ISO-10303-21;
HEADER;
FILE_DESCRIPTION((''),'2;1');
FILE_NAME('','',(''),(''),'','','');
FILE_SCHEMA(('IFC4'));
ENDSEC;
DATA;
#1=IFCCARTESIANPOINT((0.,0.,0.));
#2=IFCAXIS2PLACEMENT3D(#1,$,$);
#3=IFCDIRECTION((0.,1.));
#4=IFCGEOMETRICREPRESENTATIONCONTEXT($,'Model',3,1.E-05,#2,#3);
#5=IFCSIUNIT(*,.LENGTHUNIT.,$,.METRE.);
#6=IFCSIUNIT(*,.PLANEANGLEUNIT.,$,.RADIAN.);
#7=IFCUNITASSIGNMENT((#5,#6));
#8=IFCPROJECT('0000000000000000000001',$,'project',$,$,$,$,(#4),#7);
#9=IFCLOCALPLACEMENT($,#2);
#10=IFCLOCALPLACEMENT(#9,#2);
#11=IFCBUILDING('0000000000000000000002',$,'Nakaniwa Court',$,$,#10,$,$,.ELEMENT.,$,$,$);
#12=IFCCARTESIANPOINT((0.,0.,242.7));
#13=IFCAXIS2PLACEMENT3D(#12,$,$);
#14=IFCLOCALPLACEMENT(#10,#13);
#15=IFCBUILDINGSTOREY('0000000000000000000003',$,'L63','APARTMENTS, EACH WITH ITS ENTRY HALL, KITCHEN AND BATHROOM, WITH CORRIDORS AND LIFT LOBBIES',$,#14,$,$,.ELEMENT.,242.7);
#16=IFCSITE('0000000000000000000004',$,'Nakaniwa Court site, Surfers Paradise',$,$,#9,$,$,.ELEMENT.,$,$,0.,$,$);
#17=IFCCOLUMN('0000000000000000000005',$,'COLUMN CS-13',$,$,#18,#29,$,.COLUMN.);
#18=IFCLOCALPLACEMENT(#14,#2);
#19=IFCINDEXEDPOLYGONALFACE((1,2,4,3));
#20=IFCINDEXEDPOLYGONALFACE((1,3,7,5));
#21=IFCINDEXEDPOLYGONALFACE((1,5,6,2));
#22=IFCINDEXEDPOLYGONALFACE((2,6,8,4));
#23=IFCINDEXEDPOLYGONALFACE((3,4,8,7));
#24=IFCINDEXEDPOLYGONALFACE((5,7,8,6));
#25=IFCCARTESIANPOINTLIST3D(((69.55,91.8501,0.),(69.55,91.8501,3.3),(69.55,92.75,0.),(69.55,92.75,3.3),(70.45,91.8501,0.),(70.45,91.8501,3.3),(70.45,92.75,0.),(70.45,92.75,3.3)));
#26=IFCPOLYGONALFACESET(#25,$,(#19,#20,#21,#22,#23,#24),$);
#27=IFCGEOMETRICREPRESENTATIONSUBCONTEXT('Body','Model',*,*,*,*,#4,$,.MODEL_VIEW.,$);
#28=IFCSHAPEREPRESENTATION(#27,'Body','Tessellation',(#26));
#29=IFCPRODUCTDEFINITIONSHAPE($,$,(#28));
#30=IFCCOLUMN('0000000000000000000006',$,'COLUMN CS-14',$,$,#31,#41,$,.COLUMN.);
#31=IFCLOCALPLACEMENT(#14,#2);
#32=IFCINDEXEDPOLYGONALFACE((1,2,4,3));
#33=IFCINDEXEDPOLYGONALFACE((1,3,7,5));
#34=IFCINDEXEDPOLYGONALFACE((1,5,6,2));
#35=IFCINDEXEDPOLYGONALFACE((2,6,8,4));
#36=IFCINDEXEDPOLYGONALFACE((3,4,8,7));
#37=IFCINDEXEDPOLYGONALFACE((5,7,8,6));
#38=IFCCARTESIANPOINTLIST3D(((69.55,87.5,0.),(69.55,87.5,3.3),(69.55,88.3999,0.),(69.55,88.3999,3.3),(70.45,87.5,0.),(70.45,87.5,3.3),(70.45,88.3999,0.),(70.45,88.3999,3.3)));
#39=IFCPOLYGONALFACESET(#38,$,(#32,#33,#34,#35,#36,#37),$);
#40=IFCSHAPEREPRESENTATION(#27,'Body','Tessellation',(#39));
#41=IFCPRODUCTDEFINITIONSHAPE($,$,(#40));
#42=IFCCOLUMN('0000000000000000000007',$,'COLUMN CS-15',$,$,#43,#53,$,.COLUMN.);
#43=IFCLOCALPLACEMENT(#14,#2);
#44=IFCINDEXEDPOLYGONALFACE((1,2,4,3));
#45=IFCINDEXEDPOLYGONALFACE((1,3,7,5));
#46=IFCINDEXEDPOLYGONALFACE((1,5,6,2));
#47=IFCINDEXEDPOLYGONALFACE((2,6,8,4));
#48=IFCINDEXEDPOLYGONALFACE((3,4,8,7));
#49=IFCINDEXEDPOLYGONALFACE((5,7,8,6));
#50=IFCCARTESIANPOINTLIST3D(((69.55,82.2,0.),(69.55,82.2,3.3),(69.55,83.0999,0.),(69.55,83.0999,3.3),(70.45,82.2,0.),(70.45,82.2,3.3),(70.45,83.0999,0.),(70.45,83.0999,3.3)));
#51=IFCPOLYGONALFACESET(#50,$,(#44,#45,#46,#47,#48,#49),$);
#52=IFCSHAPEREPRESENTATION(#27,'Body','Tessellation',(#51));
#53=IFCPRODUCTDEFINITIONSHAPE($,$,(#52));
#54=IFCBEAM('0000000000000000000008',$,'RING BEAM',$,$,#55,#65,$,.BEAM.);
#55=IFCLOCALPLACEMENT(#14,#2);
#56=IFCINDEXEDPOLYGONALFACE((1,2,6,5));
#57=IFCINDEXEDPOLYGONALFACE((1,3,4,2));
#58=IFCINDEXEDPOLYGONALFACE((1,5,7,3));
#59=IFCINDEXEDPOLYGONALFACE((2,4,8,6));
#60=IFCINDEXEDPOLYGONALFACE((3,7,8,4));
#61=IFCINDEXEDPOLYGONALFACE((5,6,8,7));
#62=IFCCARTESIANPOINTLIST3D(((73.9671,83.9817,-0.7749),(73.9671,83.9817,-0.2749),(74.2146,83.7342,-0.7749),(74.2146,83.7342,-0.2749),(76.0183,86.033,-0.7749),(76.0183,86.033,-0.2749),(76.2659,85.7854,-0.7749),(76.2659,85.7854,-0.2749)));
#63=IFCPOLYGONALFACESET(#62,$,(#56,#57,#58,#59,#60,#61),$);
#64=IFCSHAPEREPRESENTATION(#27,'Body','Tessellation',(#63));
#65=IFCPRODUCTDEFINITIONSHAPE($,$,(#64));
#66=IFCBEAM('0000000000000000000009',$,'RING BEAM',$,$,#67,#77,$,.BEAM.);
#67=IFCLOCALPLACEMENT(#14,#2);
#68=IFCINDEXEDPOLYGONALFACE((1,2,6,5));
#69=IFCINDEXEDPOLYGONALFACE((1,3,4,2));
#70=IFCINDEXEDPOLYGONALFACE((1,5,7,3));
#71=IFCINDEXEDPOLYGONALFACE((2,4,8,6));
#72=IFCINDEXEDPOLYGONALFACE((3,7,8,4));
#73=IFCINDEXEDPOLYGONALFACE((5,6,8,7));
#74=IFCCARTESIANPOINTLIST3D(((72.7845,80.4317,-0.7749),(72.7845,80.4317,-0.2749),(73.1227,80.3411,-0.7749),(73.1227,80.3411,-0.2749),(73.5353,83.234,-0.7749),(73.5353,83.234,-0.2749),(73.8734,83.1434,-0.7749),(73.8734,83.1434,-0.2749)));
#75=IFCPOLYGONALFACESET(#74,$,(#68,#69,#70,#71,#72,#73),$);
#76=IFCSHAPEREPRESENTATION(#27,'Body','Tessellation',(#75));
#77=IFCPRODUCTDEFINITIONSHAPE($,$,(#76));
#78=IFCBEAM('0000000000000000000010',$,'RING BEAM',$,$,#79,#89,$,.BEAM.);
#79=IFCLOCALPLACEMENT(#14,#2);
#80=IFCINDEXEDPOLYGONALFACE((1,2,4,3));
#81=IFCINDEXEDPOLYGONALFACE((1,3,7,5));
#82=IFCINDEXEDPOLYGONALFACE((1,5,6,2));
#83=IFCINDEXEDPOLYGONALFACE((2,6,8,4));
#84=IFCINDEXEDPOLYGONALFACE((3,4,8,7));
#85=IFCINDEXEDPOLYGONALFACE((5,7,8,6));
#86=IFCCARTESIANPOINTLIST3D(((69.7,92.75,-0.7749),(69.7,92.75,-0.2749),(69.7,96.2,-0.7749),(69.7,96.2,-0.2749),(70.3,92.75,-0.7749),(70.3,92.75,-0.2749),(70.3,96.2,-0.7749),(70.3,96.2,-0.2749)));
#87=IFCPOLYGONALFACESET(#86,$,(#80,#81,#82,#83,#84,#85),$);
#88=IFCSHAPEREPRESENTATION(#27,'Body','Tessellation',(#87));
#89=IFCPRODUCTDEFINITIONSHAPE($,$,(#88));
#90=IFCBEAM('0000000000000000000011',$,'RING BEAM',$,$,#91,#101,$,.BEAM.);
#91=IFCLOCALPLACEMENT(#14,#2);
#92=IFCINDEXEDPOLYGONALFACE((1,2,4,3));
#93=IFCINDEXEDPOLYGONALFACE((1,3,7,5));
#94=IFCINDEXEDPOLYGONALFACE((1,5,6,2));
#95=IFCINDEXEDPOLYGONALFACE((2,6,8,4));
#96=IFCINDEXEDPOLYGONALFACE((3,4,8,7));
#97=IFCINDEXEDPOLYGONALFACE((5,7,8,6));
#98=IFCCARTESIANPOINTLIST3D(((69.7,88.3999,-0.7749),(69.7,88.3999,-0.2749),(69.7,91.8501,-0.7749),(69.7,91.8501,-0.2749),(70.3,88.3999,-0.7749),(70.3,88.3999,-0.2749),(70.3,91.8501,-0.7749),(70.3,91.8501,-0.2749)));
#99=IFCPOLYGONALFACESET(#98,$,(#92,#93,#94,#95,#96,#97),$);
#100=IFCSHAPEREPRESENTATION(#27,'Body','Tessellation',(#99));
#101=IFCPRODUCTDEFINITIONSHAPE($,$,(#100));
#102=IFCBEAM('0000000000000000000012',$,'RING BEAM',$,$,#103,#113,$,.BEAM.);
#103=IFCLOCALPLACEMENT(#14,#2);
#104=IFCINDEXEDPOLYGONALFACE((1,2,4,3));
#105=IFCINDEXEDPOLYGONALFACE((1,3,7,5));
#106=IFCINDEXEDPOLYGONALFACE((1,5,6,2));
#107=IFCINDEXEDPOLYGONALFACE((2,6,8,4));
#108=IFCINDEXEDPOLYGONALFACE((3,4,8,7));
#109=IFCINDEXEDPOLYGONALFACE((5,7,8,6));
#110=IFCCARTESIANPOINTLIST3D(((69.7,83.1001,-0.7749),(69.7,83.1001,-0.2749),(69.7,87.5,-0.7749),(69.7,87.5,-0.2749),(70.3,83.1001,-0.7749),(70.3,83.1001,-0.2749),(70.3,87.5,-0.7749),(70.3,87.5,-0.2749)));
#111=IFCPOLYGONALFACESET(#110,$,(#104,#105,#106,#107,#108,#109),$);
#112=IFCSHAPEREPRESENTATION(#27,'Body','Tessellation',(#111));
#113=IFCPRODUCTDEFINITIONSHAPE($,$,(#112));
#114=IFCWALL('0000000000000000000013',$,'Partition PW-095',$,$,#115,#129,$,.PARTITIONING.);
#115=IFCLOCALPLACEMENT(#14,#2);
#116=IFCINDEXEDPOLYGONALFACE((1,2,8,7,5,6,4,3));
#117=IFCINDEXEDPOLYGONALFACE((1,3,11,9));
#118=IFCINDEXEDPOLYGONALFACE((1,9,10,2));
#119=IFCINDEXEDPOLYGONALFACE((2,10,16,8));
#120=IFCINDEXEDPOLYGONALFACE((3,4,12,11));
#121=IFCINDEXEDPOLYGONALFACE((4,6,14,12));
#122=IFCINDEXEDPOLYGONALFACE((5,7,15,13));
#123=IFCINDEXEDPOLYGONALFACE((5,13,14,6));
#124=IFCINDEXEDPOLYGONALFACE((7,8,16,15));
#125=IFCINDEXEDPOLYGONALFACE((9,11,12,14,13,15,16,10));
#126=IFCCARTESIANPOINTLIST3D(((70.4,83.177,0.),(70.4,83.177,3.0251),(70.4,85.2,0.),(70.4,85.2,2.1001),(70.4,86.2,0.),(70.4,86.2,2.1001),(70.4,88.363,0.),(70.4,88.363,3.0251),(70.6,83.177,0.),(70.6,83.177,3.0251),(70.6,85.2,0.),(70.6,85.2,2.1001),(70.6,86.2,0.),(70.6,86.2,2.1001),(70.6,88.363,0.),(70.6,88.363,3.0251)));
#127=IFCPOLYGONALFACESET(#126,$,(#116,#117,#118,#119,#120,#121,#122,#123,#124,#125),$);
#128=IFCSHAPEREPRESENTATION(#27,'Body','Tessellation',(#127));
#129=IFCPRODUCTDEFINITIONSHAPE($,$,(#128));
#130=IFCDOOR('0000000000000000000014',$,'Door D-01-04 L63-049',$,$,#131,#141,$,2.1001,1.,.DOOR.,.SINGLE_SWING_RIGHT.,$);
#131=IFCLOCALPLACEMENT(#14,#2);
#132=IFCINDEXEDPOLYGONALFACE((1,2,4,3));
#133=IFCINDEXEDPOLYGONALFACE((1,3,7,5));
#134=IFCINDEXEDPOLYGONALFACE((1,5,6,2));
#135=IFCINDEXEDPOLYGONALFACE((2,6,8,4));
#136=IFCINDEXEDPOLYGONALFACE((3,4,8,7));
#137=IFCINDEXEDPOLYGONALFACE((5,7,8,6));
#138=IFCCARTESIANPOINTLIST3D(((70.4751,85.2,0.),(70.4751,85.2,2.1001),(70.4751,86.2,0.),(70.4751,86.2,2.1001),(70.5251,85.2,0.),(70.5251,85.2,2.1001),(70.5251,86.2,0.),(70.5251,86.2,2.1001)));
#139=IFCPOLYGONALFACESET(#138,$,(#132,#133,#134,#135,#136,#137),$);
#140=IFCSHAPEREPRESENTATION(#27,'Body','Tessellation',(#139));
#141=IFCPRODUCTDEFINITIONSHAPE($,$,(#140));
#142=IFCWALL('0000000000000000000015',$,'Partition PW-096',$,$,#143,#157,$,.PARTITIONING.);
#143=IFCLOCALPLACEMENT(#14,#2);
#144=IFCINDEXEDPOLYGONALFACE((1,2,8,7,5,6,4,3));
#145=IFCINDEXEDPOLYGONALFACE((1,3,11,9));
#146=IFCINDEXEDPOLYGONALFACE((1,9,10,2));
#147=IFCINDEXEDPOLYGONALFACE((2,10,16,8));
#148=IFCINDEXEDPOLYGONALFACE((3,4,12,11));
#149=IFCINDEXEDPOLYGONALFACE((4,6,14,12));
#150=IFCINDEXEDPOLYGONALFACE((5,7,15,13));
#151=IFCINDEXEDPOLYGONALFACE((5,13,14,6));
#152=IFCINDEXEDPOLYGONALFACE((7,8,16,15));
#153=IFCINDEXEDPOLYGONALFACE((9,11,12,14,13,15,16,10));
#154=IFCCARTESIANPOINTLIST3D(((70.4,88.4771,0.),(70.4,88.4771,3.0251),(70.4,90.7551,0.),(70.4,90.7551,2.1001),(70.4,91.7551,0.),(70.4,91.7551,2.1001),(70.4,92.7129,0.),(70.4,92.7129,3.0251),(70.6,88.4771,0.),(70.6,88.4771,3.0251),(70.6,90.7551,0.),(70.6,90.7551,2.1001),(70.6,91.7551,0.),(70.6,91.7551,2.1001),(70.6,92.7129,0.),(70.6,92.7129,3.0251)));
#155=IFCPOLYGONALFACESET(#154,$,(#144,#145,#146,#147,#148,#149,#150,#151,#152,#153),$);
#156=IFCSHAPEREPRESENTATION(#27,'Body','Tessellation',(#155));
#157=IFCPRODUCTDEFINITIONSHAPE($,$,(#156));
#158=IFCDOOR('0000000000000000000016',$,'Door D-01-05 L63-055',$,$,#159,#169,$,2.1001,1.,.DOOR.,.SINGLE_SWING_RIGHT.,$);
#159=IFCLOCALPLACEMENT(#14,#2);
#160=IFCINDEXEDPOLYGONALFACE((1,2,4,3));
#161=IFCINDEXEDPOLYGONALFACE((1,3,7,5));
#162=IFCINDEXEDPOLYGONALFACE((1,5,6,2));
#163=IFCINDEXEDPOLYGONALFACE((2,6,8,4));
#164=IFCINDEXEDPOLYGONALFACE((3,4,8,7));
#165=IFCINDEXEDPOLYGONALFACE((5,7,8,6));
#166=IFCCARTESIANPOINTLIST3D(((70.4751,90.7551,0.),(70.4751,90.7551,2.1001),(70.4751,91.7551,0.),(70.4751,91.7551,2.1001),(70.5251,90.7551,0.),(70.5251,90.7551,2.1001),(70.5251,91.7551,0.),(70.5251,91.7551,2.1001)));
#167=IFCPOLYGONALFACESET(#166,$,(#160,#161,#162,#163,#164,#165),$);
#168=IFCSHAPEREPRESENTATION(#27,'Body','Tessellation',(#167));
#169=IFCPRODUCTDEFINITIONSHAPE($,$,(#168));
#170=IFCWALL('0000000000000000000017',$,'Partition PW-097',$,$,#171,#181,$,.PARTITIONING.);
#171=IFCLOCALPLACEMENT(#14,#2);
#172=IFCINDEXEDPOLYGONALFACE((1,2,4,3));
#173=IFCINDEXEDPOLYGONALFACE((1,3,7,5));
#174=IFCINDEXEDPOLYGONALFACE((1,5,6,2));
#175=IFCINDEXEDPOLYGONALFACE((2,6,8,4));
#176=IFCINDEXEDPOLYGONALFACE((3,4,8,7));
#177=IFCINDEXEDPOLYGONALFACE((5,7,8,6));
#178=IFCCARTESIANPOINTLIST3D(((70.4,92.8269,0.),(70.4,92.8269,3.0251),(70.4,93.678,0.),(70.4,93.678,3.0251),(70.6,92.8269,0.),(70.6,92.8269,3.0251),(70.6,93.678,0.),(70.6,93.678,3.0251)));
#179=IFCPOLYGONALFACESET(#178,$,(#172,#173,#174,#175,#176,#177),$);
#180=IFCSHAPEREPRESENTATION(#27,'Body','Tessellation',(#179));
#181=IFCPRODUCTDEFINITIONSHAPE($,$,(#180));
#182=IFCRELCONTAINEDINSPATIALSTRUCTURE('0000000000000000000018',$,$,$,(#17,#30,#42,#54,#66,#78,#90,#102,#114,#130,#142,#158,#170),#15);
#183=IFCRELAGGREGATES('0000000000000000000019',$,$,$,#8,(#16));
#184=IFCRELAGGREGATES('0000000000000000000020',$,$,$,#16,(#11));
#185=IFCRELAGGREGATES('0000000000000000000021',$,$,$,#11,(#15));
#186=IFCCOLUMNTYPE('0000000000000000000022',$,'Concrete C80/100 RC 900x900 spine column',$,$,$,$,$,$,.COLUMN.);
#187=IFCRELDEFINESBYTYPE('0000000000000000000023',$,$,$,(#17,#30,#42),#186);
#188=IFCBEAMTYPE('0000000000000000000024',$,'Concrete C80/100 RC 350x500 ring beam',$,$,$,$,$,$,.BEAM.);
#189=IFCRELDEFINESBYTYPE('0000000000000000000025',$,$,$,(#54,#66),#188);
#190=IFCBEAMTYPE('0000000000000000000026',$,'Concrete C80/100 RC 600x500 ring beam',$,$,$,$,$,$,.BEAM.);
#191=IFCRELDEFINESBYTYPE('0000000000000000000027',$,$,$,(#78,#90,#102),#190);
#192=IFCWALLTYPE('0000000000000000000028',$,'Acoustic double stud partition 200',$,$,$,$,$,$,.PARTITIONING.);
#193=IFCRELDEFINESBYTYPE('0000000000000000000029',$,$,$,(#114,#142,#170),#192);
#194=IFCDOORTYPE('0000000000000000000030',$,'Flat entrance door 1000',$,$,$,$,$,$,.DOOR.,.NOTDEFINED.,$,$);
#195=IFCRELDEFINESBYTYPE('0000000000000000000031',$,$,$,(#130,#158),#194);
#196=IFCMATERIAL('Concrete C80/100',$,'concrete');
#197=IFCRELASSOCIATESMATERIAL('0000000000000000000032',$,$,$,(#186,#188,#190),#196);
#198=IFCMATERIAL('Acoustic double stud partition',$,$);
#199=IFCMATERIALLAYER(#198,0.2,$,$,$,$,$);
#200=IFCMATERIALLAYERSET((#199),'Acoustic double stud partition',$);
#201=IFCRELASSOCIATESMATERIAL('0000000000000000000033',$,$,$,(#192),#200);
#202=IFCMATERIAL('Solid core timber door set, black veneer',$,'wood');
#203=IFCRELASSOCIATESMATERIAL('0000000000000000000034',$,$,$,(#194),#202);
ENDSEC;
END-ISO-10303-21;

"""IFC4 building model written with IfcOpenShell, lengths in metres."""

from ifc_helpers import new_model, si_unit, direction, frame, frame_2d, origin, origin_2d, place, context, subcontext, project, spatial, rectangle, extrude, material, layer, layer_set, material_profile, profile_set, type_object, element, fill, save


model = new_model("IFC4")

# Units and contexts
model_context = context("Model", 3, precision=1e-05, world=origin(), true_north=direction((0.0, 1.0)))
body_context = subcontext(model_context, "Body", "Model", "MODEL_VIEW")
ifc_project = project(units=[si_unit("LENGTHUNIT", "METRE"), si_unit("PLANEANGLEUNIT", "RADIAN")], contexts=[model_context])

# Site, building, storey
site_placement = place(None, origin())
site = spatial("IfcSite", under=ifc_project, at=site_placement, Name="Nakaniwa Court site, Surfers Paradise", CompositionType="ELEMENT", RefElevation=0.0)
building_placement = place(site_placement, origin())
building = spatial("IfcBuilding", under=site, at=building_placement, Name="Nakaniwa Court", CompositionType="ELEMENT")
storey_placement = place(building_placement, frame((0.0, 0.0, 242.7)))
storey = spatial("IfcBuildingStorey", under=building, at=storey_placement, Name="L63", Description="APARTMENTS, EACH WITH ITS ENTRY HALL, KITCHEN AND BATHROOM, WITH CORRIDORS AND LIFT LOBBIES", CompositionType="ELEMENT", Elevation=242.7)

# Columns
ifc_material_1 = material(Name="Concrete C80/100", Category="concrete")
ifc_material_profile_1 = material_profile(ifc_material_1, rectangle(XDim=0.8999, YDim=0.8999, at=origin_2d()), Name="Concrete C80/100 RC 900x900 spine column")
ifc_profile_set_1 = profile_set([ifc_material_profile_1], Name="Concrete C80/100")
column_type_1 = type_object("IfcColumnType", Name="Concrete C80/100 RC 900x900 spine column", PredefinedType="COLUMN", material=ifc_profile_set_1)
for number, where, z_axis, x_axis, name in (
    (1, (70.0, 92.3, 0.0), (0.0, 0.0, 1.0), (0.0, -1.0, 0.0), "COLUMN CS-13"),
    (2, (70.0, 87.95, 0.0), (0.0, 0.0, 1.0), (0.0, -1.0, 0.0), "COLUMN CS-14"),
    (3, (70.0, 82.6499, 0.0), (0.0, 0.0, 1.0), (0.0, -1.0, 0.0), "COLUMN CS-15"),
):
    element("IfcColumn", number, at=place(storey_placement, frame(where, z_axis=z_axis, x_axis=x_axis)), inside=storey, type_object=column_type_1, Name=name, PredefinedType="COLUMN", context=body_context, shape_type="SweptSolid", body=[
        extrude(rectangle(XDim=0.8999, YDim=0.8999, at=origin_2d()), origin(), (0.0, 0.0, 1.0), 3.3),
    ])

# Beams
ifc_material_profile_2 = material_profile(ifc_material_1, rectangle(XDim=0.3501, YDim=0.5, at=origin_2d()), Name="Concrete C80/100 RC 350x500 ring beam")
ifc_profile_set_2 = profile_set([ifc_material_profile_2], Name="Concrete C80/100")
beam_type_1 = type_object("IfcBeamType", Name="Concrete C80/100 RC 350x500 ring beam", PredefinedType="BEAM", material=ifc_profile_set_2)
beam_1_placement = place(storey_placement, frame((76.1421, 85.9092, -0.5249), z_axis=(-0.707107, -0.707107, 0.0), x_axis=(0.707107, -0.707107, 0.0)))
element("IfcBeam", 4, at=beam_1_placement, inside=storey, type_object=beam_type_1, Name="RING BEAM", PredefinedType="BEAM", context=body_context, shape_type="SweptSolid", body=[
    extrude(rectangle(XDim=0.3501, YDim=0.5, at=origin_2d()), origin(), (0.0, 0.0, 1.0), 2.9009),
])
beam_2_placement = place(storey_placement, frame((73.7043, 83.1887, -0.5249), z_axis=(-0.258778, -0.965937, 0.0), x_axis=(0.965937, -0.258778, 0.0)))
element("IfcBeam", 5, at=beam_2_placement, inside=storey, type_object=beam_type_1, Name="RING BEAM", PredefinedType="BEAM", context=body_context, shape_type="SweptSolid", body=[
    extrude(rectangle(XDim=0.3501, YDim=0.5, at=origin_2d()), origin(), (0.0, 0.0, 1.0), 2.9011),
])
ifc_material_profile_3 = material_profile(ifc_material_1, rectangle(XDim=0.6001, YDim=0.5, at=origin_2d()), Name="Concrete C80/100 RC 600x500 ring beam")
ifc_profile_set_3 = profile_set([ifc_material_profile_3], Name="Concrete C80/100")
beam_type_2 = type_object("IfcBeamType", Name="Concrete C80/100 RC 600x500 ring beam", PredefinedType="BEAM", material=ifc_profile_set_3)
beam_3_placement = place(storey_placement, frame((70.0, 96.2, -0.5249), z_axis=(0.0, -1.0, 0.0), x_axis=(1.0, 0.0, 0.0)))
element("IfcBeam", 6, at=beam_3_placement, inside=storey, type_object=beam_type_2, Name="RING BEAM", PredefinedType="BEAM", context=body_context, shape_type="SweptSolid", body=[
    extrude(rectangle(XDim=0.6001, YDim=0.5, at=origin_2d()), origin(), (0.0, 0.0, 1.0), 3.45),
])
beam_4_placement = place(storey_placement, frame((70.0, 91.8501, -0.5249), z_axis=(0.0, -1.0, 0.0), x_axis=(1.0, 0.0, 0.0)))
element("IfcBeam", 7, at=beam_4_placement, inside=storey, type_object=beam_type_2, Name="RING BEAM", PredefinedType="BEAM", context=body_context, shape_type="SweptSolid", body=[
    extrude(rectangle(XDim=0.6001, YDim=0.5, at=origin_2d()), origin(), (0.0, 0.0, 1.0), 3.4502),
])
beam_5_placement = place(storey_placement, frame((70.0, 87.5, -0.5249), z_axis=(0.0, -1.0, 0.0), x_axis=(1.0, 0.0, 0.0)))
element("IfcBeam", 8, at=beam_5_placement, inside=storey, type_object=beam_type_2, Name="RING BEAM", PredefinedType="BEAM", context=body_context, shape_type="SweptSolid", body=[
    extrude(rectangle(XDim=0.6001, YDim=0.5, at=origin_2d()), origin(), (0.0, 0.0, 1.0), 4.3999),
])

# Walls, openings, doors
ifc_material_2 = material(Name="Acoustic double stud partition")
ifc_layer_1 = layer(ifc_material_2, 0.2)
ifc_layer_set_1 = layer_set([ifc_layer_1], Name="Acoustic double stud partition")
wall_type_1 = type_object("IfcWallType", Name="Acoustic double stud partition 200", PredefinedType="PARTITIONING", material=ifc_layer_set_1)
wall_1_placement = place(storey_placement, frame((70.5, 83.177, 0.0), z_axis=(0.0, 0.0, 1.0), x_axis=(0.0, 1.0, 0.0)))
wall_1 = element("IfcWall", 9, at=wall_1_placement, inside=storey, type_object=wall_type_1, Name="Partition PW-095", PredefinedType="PARTITIONING", context=body_context, shape_type="SweptSolid", body=[
    extrude(rectangle(XDim=5.186, YDim=0.2, at=frame_2d((2.593, 0.0))), origin(), (0.0, 0.0, 1.0), 3.0251),
])
opening_1_placement = place(wall_1_placement, frame((2.0229, 0.0, 0.0)))
opening_1 = element("IfcOpeningElement", 10, at=opening_1_placement, cuts=wall_1, PredefinedType="OPENING", context=body_context, shape_type="SweptSolid", body=[
    extrude(rectangle(XDim=1.0, YDim=2.1001, at=frame_2d((0.5, 1.05))), frame((0.0, 0.1099, 0.0), z_axis=(0.0, -1.0, 0.0), x_axis=(1.0, 0.0, 0.0)), (0.0, 0.0, 1.0), 0.22),
])
ifc_material_3 = material(Name="Solid core timber door set, black veneer", Category="wood")
door_type_1 = type_object("IfcDoorType", Name="Flat entrance door 1000", OperationType="NOTDEFINED", PredefinedType="DOOR", material=ifc_material_3)
door_1_placement = place(opening_1_placement, origin())
door_1 = element("IfcDoor", 11, at=door_1_placement, inside=storey, type_object=door_type_1, Name="Door D-01-04 L63-049", OperationType="SINGLE_SWING_RIGHT", OverallHeight=2.1001, OverallWidth=1.0, PredefinedType="DOOR", context=body_context, shape_type="SweptSolid", body=[
    extrude(rectangle(XDim=1.0, YDim=2.1001, at=frame_2d((0.5, 1.05))), frame((0.0, 0.0249, 0.0), z_axis=(0.0, -1.0, 0.0), x_axis=(1.0, 0.0, 0.0)), (0.0, 0.0, 1.0), 0.05),
])
fill(opening_1, door_1)
wall_2_placement = place(storey_placement, frame((70.5, 88.4771, 0.0), z_axis=(0.0, 0.0, 1.0), x_axis=(0.0, 1.0, 0.0)))
wall_2 = element("IfcWall", 12, at=wall_2_placement, inside=storey, type_object=wall_type_1, Name="Partition PW-096", PredefinedType="PARTITIONING", context=body_context, shape_type="SweptSolid", body=[
    extrude(rectangle(XDim=4.2358, YDim=0.2, at=frame_2d((2.1179, 0.0))), origin(), (0.0, 0.0, 1.0), 3.0251),
])
opening_2_placement = place(wall_2_placement, frame((2.2781, 0.0, 0.0)))
opening_2 = element("IfcOpeningElement", 13, at=opening_2_placement, cuts=wall_2, PredefinedType="OPENING", context=body_context, shape_type="SweptSolid", body=[
    extrude(rectangle(XDim=1.0, YDim=2.1001, at=frame_2d((0.5, 1.05))), frame((0.0, 0.1099, 0.0), z_axis=(0.0, -1.0, 0.0), x_axis=(1.0, 0.0, 0.0)), (0.0, 0.0, 1.0), 0.22),
])
door_2_placement = place(opening_2_placement, origin())
door_2 = element("IfcDoor", 14, at=door_2_placement, inside=storey, type_object=door_type_1, Name="Door D-01-05 L63-055", OperationType="SINGLE_SWING_RIGHT", OverallHeight=2.1001, OverallWidth=1.0, PredefinedType="DOOR", context=body_context, shape_type="SweptSolid", body=[
    extrude(rectangle(XDim=1.0, YDim=2.1001, at=frame_2d((0.5, 1.05))), frame((0.0, 0.0249, 0.0), z_axis=(0.0, -1.0, 0.0), x_axis=(1.0, 0.0, 0.0)), (0.0, 0.0, 1.0), 0.05),
])
fill(opening_2, door_2)

# Wall
wall_3_placement = place(storey_placement, frame((70.5, 92.8269, 0.0), z_axis=(0.0, 0.0, 1.0), x_axis=(0.0, 1.0, 0.0)))
element("IfcWall", 15, at=wall_3_placement, inside=storey, type_object=wall_type_1, Name="Partition PW-097", PredefinedType="PARTITIONING", context=body_context, shape_type="SweptSolid", body=[
    extrude(rectangle(XDim=0.8511, YDim=0.2, at=frame_2d((0.4255, 0.0))), origin(), (0.0, 0.0, 1.0), 3.0251),
])

save(model, "model.ifc")
